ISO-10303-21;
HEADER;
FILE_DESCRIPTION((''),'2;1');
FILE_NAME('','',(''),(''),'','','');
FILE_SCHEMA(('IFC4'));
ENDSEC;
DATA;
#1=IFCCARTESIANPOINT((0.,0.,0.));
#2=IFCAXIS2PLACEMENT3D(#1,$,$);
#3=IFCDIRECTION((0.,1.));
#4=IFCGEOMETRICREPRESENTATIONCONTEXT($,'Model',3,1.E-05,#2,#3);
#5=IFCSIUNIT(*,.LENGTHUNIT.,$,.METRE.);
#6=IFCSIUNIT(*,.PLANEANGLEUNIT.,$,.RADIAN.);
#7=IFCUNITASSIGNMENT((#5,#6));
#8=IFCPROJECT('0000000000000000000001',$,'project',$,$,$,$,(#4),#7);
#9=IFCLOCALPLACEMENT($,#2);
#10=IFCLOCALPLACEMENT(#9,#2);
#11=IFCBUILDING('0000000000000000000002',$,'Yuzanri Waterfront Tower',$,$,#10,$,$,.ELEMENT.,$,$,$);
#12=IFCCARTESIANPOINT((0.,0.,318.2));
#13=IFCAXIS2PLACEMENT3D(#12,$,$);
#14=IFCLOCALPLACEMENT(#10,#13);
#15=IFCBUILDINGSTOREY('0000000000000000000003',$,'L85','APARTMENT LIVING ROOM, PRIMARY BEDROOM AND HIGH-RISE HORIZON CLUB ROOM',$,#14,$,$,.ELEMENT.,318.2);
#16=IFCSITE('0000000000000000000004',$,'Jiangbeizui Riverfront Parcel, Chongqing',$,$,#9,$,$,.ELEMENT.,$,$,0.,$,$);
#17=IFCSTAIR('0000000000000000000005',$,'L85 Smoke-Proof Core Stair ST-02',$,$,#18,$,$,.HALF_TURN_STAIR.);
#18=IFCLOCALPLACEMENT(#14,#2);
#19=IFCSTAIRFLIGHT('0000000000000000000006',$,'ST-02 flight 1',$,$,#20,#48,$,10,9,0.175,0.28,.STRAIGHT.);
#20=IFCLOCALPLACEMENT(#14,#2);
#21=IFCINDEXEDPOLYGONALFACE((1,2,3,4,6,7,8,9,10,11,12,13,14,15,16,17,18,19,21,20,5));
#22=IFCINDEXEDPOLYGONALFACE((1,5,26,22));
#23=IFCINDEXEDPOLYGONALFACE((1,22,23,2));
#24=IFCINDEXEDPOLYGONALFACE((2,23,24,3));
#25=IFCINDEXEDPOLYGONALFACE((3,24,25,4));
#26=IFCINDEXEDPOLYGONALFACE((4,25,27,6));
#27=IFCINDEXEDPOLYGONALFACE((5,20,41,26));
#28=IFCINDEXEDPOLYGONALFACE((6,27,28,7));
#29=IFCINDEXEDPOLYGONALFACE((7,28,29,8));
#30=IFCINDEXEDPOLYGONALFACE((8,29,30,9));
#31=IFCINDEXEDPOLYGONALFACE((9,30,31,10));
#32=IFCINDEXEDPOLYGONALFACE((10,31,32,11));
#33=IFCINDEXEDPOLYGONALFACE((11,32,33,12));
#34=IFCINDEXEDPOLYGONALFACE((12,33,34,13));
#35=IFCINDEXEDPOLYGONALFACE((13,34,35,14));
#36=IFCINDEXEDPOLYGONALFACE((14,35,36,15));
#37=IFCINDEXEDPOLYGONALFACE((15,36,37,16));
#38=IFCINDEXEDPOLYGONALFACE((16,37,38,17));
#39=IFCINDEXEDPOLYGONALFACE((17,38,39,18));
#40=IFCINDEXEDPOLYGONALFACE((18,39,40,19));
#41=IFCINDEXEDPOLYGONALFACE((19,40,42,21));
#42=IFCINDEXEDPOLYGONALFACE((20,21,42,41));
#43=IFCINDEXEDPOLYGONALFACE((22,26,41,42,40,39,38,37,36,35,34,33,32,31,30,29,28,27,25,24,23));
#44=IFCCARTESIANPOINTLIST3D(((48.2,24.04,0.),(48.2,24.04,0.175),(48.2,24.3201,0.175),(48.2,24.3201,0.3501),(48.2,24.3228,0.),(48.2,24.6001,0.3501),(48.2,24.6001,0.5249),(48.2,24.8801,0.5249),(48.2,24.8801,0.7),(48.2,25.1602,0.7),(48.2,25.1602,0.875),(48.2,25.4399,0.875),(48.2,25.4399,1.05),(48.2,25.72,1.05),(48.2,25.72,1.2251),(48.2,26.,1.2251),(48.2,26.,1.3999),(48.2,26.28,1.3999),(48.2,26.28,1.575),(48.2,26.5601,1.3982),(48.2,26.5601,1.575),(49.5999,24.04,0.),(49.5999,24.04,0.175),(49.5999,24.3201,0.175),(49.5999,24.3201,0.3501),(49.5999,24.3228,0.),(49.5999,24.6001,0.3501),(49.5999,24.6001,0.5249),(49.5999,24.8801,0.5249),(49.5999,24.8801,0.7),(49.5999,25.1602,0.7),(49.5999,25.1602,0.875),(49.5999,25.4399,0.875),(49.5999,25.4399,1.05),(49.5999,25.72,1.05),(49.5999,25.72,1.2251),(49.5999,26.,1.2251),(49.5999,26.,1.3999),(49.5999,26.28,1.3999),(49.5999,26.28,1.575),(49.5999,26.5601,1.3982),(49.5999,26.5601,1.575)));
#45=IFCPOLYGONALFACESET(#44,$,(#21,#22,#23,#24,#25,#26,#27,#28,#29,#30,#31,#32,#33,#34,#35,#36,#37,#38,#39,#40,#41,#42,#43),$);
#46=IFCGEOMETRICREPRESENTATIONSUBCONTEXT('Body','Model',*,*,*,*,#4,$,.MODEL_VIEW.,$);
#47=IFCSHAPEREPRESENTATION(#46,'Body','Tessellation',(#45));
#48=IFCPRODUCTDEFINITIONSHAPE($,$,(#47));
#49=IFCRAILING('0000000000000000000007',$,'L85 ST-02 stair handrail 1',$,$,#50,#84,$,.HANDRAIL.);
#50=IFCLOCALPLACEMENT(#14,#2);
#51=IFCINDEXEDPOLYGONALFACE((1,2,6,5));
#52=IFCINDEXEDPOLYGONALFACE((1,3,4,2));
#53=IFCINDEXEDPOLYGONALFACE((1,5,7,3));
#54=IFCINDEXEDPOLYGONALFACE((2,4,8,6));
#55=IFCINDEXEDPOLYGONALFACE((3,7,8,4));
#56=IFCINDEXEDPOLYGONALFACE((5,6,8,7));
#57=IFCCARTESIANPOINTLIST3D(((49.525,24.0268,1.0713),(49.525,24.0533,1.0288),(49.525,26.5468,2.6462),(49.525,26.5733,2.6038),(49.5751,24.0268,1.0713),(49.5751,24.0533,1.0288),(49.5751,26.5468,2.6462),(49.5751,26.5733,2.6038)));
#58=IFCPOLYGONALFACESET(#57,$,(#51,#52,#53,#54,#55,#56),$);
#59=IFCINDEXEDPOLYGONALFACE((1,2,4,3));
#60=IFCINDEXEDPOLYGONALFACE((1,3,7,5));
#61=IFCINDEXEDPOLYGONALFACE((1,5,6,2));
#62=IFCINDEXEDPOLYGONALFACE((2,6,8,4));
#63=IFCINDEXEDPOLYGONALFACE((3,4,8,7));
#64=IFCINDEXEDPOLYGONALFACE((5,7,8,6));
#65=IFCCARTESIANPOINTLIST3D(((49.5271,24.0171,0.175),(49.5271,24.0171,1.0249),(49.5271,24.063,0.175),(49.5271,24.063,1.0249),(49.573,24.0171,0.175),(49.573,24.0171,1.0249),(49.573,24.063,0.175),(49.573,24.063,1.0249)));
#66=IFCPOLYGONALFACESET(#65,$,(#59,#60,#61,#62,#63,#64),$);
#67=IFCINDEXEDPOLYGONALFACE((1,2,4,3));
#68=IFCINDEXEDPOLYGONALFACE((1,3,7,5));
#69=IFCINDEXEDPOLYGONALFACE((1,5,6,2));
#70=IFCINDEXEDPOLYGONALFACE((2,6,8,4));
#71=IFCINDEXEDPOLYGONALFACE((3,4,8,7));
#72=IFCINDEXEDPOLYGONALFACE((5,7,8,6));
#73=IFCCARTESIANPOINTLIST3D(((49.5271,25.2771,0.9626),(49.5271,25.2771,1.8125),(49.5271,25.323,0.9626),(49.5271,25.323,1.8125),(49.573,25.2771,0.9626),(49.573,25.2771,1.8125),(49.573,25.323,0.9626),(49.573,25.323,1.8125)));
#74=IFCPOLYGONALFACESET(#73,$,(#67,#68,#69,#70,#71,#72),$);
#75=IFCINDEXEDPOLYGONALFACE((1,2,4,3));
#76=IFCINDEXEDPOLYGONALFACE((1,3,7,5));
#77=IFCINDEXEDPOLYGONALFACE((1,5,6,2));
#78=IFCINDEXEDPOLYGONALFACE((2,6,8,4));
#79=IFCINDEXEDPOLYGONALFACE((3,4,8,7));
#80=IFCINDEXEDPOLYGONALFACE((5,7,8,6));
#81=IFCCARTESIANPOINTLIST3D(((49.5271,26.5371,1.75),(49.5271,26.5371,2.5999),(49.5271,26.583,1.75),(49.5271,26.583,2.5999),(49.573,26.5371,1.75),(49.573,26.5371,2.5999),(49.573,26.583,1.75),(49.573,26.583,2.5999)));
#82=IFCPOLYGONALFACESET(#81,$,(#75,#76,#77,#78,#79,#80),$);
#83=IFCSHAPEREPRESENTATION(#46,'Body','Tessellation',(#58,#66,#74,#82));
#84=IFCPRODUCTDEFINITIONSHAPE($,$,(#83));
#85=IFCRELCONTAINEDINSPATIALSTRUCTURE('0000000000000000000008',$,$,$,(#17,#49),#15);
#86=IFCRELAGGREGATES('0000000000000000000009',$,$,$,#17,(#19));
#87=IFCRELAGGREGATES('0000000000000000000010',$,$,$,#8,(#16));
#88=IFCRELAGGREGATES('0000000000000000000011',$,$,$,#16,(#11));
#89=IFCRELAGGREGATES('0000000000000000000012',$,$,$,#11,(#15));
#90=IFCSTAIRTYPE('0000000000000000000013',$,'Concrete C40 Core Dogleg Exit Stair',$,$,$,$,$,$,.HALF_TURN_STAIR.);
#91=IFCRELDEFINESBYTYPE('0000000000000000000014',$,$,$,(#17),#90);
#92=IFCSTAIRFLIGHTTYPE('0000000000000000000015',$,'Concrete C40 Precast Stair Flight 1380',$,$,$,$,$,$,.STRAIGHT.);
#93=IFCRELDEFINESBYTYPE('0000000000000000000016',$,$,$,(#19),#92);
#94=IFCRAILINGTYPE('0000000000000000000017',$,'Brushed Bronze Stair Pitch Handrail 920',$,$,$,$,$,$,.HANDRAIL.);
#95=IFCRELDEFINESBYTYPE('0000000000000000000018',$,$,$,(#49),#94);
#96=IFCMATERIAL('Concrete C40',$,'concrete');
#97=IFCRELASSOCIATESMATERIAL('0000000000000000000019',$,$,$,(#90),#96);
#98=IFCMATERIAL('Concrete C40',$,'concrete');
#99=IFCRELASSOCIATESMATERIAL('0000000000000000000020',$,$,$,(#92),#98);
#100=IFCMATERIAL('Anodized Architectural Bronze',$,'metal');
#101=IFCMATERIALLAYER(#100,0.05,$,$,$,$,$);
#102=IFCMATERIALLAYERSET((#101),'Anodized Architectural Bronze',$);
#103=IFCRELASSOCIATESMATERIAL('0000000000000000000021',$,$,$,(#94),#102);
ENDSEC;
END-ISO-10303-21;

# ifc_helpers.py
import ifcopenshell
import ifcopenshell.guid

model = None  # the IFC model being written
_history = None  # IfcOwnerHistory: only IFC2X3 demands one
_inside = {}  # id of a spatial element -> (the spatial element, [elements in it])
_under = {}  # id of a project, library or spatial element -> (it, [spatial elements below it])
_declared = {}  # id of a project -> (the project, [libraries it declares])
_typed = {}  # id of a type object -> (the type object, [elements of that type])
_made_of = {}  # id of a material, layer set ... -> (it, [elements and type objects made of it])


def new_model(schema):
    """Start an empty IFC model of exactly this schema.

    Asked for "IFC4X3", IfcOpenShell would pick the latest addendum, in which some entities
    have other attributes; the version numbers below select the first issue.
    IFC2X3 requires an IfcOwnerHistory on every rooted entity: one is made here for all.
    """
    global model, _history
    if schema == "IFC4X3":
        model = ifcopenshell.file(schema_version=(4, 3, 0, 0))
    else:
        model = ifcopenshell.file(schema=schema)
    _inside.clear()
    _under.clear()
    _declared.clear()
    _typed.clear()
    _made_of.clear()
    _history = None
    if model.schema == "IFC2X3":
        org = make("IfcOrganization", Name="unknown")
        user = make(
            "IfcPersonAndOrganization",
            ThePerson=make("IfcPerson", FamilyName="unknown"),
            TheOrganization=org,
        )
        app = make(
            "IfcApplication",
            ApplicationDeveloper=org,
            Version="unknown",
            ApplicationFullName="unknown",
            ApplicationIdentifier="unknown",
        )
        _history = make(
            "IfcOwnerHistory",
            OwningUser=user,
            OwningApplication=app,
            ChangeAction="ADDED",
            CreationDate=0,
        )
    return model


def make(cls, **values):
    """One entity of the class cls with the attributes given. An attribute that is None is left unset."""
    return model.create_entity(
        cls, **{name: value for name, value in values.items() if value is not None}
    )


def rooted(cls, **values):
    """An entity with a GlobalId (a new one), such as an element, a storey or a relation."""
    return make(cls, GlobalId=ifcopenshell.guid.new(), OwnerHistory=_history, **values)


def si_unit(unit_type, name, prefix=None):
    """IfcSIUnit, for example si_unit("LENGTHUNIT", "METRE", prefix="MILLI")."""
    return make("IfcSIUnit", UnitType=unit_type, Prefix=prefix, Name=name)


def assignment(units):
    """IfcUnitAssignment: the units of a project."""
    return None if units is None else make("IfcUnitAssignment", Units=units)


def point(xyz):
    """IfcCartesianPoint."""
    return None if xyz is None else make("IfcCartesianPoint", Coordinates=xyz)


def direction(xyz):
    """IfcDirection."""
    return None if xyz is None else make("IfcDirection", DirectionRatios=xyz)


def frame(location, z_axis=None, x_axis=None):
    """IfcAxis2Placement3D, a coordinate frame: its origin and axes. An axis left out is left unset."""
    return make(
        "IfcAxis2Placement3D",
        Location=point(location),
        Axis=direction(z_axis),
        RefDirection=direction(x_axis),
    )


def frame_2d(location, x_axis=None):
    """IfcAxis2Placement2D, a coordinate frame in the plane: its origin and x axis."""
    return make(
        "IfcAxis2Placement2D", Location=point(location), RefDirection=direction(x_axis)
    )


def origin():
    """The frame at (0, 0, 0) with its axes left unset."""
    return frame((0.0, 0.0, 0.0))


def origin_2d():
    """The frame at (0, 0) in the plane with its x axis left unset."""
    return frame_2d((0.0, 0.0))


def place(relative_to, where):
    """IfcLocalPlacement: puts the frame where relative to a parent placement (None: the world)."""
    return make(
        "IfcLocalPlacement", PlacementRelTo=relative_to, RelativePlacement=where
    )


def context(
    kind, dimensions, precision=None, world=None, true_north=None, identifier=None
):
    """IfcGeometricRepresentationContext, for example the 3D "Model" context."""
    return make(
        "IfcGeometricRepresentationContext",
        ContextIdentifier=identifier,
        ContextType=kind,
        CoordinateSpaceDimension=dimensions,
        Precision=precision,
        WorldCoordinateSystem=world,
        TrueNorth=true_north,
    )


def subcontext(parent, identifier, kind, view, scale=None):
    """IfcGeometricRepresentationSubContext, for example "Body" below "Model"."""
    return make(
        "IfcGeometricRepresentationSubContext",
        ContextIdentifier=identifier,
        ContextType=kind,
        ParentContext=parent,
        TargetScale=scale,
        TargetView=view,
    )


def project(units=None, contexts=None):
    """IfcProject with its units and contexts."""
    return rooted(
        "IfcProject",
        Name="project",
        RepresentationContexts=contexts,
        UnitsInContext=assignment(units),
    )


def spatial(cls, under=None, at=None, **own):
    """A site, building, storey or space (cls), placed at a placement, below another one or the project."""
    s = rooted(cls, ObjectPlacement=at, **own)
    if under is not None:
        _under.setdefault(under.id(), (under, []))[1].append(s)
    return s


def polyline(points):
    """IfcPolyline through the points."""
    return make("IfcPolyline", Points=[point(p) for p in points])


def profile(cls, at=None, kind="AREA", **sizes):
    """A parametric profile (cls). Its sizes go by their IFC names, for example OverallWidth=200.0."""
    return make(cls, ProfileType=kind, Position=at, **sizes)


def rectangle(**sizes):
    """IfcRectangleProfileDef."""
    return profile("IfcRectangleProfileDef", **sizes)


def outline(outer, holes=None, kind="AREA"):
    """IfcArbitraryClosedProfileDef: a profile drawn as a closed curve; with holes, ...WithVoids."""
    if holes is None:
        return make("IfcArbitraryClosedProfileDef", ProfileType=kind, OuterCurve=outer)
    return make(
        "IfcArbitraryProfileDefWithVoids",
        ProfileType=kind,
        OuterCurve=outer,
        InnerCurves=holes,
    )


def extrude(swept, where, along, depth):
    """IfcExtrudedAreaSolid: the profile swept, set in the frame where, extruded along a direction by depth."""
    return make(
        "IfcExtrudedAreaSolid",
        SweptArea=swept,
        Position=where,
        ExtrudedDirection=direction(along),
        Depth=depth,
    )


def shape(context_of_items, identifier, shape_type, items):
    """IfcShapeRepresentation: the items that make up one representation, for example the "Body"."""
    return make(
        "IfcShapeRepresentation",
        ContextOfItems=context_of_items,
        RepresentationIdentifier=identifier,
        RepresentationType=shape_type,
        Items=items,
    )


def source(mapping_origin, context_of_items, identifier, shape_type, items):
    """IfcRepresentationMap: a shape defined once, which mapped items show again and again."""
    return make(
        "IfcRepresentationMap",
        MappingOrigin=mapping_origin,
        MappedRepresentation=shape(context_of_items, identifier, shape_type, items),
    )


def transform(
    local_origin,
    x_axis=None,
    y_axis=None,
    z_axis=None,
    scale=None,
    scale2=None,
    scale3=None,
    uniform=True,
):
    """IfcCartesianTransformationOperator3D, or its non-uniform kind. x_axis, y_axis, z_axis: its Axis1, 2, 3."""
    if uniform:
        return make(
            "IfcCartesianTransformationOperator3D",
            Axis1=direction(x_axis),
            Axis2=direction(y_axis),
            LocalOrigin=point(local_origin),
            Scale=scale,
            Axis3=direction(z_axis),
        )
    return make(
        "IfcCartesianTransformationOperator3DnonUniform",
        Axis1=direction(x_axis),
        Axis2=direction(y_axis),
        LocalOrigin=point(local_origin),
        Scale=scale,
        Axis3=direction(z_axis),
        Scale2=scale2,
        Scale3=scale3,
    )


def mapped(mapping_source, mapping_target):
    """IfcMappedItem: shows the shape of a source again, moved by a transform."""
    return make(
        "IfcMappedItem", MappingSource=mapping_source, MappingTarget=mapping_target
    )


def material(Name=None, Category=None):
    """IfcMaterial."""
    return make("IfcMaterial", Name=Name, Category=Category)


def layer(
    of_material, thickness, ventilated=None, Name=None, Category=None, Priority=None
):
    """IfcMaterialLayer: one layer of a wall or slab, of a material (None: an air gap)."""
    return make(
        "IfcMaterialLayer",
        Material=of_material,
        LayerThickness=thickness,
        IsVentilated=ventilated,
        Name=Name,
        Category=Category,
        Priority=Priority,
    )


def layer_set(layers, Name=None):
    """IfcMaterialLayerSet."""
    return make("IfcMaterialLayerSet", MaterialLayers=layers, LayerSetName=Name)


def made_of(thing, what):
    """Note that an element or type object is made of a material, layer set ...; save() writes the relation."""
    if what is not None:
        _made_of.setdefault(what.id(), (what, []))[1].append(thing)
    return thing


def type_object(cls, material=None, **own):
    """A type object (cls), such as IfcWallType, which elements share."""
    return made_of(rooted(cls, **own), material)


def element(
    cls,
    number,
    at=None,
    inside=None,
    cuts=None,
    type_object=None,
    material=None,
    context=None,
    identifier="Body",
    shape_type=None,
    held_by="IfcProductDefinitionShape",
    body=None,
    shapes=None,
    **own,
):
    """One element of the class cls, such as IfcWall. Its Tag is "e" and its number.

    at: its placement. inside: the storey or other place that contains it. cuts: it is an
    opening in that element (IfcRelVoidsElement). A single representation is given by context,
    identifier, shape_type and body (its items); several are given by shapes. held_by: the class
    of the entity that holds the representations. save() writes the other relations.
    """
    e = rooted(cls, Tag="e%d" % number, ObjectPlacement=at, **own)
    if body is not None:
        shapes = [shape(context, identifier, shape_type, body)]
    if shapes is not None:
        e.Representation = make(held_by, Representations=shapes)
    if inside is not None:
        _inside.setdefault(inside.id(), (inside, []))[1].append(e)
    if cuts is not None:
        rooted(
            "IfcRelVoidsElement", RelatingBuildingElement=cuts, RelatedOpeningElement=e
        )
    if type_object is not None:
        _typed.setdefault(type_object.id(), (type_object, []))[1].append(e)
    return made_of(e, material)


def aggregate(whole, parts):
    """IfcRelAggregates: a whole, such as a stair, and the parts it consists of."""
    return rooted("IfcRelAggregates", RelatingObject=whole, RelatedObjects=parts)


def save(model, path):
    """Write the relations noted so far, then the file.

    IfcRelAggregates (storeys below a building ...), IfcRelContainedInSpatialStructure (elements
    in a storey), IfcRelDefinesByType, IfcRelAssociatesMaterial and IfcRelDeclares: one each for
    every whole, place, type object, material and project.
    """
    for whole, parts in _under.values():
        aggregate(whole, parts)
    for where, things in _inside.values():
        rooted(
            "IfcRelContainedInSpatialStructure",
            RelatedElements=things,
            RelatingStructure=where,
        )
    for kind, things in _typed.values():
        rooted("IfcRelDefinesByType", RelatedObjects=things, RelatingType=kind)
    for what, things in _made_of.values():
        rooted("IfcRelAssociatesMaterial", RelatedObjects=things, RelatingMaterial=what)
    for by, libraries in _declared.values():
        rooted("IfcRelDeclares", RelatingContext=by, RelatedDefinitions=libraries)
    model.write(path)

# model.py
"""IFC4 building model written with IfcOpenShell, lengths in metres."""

from ifc_helpers import new_model, si_unit, direction, frame, origin, origin_2d, place, context, subcontext, project, spatial, polyline, rectangle, outline, extrude, source, transform, mapped, material, layer, layer_set, type_object, element, aggregate, save


model = new_model("IFC4")

# Units and contexts
model_context = context("Model", 3, precision=1e-05, world=origin(), true_north=direction((0.0, 1.0)))
body_context = subcontext(model_context, "Body", "Model", "MODEL_VIEW")
ifc_project = project(units=[si_unit("LENGTHUNIT", "METRE"), si_unit("PLANEANGLEUNIT", "RADIAN")], contexts=[model_context])

# Site, building, storey
site_placement = place(None, origin())
site = spatial("IfcSite", under=ifc_project, at=site_placement, Name="Jiangbeizui Riverfront Parcel, Chongqing", CompositionType="ELEMENT", RefElevation=0.0)
building_placement = place(site_placement, origin())
building = spatial("IfcBuilding", under=site, at=building_placement, Name="Yuzanri Waterfront Tower", CompositionType="ELEMENT")
storey_placement = place(building_placement, frame((0.0, 0.0, 318.2)))
storey = spatial("IfcBuildingStorey", under=building, at=storey_placement, Name="L85", Description="APARTMENT LIVING ROOM, PRIMARY BEDROOM AND HIGH-RISE HORIZON CLUB ROOM", CompositionType="ELEMENT", Elevation=318.2)

# Stair, stair flight
ifc_material_1 = material(Name="Concrete C40", Category="concrete")
stair_type = type_object("IfcStairType", Name="Concrete C40 Core Dogleg Exit Stair", PredefinedType="HALF_TURN_STAIR", material=ifc_material_1)
stair_placement = place(storey_placement, origin())
stair = element("IfcStair", 1, at=stair_placement, inside=storey, type_object=stair_type, Name="L85 Smoke-Proof Core Stair ST-02", PredefinedType="HALF_TURN_STAIR")
ifc_material_2 = material(Name="Concrete C40", Category="concrete")
stair_flight_type = type_object("IfcStairFlightType", Name="Concrete C40 Precast Stair Flight 1380", PredefinedType="STRAIGHT", material=ifc_material_2)
shared_shape_1 = source(origin(), body_context, "Body", "SweptSolid", [
    extrude(outline(polyline([(0.0, 0.0), (0.0, 0.175), (0.28, 0.175), (0.28, 0.3501), (0.5601, 0.3501), (0.5601, 0.5249), (0.8401, 0.5249), (0.8401, 0.7), (1.1201, 0.7), (1.1201, 0.875), (1.3999, 0.875), (1.3999, 1.05), (1.6799, 1.05), (1.6799, 1.2251), (1.96, 1.2251), (1.96, 1.3999), (2.24, 1.3999), (2.24, 1.575), (2.52, 1.575), (2.52, 1.75), (2.52, 1.3982), (0.2827, 0.0), (0.0, 0.0)])), frame((0.0, 0.7, 0.0), z_axis=(0.0, -1.0, 0.0), x_axis=(1.0, 0.0, 0.0)), (0.0, 0.0, 1.0), 1.3999),
])
stair_flight_placement = place(storey_placement, frame((48.8999, 24.04, 0.0), z_axis=(0.0, 0.0, 1.0), x_axis=(0.0, 1.0, 0.0)))
stair_flight = element("IfcStairFlight", 2, at=stair_flight_placement, type_object=stair_flight_type, Name="ST-02 flight 1", NumberOfRisers=10, NumberOfTreads=9, PredefinedType="STRAIGHT", RiserHeight=0.175, TreadLength=0.28, context=body_context, shape_type="MappedRepresentation", body=[
    mapped(shared_shape_1, transform((0.0, 0.0, 0.0), scale=1.0)),
])
aggregate(stair, [stair_flight])

# Railing
ifc_material_3 = material(Name="Anodized Architectural Bronze", Category="metal")
ifc_layer_1 = layer(ifc_material_3, 0.05)
ifc_layer_set_1 = layer_set([ifc_layer_1], Name="Anodized Architectural Bronze")
railing_type = type_object("IfcRailingType", Name="Brushed Bronze Stair Pitch Handrail 920", PredefinedType="HANDRAIL", material=ifc_layer_set_1)
shared_shape_2 = source(origin(), body_context, "Body", "SweptSolid", [
    extrude(rectangle(XDim=0.05, YDim=0.05, at=origin_2d()), frame((0.0, 0.0, 0.875), z_axis=(0.0, 0.848008, 0.529984), x_axis=(-1.0, 0.0, 0.0)), (0.0, 0.0, 1.0), 2.9717),
    extrude(rectangle(XDim=0.0459, YDim=0.0459, at=origin_2d()), origin(), (0.0, 0.0, 1.0), 0.8499),
    extrude(rectangle(XDim=0.0459, YDim=0.0459, at=origin_2d()), frame((0.0, 1.26, 0.7876)), (0.0, 0.0, 1.0), 0.8499),
    extrude(rectangle(XDim=0.0459, YDim=0.0459, at=origin_2d()), frame((0.0, 2.52, 1.575)), (0.0, 0.0, 1.0), 0.8499),
])
railing_placement = place(storey_placement, frame((49.55, 24.04, 0.175)))
element("IfcRailing", 3, at=railing_placement, inside=storey, type_object=railing_type, Name="L85 ST-02 stair handrail 1", PredefinedType="HANDRAIL", context=body_context, shape_type="MappedRepresentation", body=[
    mapped(shared_shape_2, transform((0.0, 0.0, 0.0), scale=1.0)),
])

save(model, "model.ifc")
